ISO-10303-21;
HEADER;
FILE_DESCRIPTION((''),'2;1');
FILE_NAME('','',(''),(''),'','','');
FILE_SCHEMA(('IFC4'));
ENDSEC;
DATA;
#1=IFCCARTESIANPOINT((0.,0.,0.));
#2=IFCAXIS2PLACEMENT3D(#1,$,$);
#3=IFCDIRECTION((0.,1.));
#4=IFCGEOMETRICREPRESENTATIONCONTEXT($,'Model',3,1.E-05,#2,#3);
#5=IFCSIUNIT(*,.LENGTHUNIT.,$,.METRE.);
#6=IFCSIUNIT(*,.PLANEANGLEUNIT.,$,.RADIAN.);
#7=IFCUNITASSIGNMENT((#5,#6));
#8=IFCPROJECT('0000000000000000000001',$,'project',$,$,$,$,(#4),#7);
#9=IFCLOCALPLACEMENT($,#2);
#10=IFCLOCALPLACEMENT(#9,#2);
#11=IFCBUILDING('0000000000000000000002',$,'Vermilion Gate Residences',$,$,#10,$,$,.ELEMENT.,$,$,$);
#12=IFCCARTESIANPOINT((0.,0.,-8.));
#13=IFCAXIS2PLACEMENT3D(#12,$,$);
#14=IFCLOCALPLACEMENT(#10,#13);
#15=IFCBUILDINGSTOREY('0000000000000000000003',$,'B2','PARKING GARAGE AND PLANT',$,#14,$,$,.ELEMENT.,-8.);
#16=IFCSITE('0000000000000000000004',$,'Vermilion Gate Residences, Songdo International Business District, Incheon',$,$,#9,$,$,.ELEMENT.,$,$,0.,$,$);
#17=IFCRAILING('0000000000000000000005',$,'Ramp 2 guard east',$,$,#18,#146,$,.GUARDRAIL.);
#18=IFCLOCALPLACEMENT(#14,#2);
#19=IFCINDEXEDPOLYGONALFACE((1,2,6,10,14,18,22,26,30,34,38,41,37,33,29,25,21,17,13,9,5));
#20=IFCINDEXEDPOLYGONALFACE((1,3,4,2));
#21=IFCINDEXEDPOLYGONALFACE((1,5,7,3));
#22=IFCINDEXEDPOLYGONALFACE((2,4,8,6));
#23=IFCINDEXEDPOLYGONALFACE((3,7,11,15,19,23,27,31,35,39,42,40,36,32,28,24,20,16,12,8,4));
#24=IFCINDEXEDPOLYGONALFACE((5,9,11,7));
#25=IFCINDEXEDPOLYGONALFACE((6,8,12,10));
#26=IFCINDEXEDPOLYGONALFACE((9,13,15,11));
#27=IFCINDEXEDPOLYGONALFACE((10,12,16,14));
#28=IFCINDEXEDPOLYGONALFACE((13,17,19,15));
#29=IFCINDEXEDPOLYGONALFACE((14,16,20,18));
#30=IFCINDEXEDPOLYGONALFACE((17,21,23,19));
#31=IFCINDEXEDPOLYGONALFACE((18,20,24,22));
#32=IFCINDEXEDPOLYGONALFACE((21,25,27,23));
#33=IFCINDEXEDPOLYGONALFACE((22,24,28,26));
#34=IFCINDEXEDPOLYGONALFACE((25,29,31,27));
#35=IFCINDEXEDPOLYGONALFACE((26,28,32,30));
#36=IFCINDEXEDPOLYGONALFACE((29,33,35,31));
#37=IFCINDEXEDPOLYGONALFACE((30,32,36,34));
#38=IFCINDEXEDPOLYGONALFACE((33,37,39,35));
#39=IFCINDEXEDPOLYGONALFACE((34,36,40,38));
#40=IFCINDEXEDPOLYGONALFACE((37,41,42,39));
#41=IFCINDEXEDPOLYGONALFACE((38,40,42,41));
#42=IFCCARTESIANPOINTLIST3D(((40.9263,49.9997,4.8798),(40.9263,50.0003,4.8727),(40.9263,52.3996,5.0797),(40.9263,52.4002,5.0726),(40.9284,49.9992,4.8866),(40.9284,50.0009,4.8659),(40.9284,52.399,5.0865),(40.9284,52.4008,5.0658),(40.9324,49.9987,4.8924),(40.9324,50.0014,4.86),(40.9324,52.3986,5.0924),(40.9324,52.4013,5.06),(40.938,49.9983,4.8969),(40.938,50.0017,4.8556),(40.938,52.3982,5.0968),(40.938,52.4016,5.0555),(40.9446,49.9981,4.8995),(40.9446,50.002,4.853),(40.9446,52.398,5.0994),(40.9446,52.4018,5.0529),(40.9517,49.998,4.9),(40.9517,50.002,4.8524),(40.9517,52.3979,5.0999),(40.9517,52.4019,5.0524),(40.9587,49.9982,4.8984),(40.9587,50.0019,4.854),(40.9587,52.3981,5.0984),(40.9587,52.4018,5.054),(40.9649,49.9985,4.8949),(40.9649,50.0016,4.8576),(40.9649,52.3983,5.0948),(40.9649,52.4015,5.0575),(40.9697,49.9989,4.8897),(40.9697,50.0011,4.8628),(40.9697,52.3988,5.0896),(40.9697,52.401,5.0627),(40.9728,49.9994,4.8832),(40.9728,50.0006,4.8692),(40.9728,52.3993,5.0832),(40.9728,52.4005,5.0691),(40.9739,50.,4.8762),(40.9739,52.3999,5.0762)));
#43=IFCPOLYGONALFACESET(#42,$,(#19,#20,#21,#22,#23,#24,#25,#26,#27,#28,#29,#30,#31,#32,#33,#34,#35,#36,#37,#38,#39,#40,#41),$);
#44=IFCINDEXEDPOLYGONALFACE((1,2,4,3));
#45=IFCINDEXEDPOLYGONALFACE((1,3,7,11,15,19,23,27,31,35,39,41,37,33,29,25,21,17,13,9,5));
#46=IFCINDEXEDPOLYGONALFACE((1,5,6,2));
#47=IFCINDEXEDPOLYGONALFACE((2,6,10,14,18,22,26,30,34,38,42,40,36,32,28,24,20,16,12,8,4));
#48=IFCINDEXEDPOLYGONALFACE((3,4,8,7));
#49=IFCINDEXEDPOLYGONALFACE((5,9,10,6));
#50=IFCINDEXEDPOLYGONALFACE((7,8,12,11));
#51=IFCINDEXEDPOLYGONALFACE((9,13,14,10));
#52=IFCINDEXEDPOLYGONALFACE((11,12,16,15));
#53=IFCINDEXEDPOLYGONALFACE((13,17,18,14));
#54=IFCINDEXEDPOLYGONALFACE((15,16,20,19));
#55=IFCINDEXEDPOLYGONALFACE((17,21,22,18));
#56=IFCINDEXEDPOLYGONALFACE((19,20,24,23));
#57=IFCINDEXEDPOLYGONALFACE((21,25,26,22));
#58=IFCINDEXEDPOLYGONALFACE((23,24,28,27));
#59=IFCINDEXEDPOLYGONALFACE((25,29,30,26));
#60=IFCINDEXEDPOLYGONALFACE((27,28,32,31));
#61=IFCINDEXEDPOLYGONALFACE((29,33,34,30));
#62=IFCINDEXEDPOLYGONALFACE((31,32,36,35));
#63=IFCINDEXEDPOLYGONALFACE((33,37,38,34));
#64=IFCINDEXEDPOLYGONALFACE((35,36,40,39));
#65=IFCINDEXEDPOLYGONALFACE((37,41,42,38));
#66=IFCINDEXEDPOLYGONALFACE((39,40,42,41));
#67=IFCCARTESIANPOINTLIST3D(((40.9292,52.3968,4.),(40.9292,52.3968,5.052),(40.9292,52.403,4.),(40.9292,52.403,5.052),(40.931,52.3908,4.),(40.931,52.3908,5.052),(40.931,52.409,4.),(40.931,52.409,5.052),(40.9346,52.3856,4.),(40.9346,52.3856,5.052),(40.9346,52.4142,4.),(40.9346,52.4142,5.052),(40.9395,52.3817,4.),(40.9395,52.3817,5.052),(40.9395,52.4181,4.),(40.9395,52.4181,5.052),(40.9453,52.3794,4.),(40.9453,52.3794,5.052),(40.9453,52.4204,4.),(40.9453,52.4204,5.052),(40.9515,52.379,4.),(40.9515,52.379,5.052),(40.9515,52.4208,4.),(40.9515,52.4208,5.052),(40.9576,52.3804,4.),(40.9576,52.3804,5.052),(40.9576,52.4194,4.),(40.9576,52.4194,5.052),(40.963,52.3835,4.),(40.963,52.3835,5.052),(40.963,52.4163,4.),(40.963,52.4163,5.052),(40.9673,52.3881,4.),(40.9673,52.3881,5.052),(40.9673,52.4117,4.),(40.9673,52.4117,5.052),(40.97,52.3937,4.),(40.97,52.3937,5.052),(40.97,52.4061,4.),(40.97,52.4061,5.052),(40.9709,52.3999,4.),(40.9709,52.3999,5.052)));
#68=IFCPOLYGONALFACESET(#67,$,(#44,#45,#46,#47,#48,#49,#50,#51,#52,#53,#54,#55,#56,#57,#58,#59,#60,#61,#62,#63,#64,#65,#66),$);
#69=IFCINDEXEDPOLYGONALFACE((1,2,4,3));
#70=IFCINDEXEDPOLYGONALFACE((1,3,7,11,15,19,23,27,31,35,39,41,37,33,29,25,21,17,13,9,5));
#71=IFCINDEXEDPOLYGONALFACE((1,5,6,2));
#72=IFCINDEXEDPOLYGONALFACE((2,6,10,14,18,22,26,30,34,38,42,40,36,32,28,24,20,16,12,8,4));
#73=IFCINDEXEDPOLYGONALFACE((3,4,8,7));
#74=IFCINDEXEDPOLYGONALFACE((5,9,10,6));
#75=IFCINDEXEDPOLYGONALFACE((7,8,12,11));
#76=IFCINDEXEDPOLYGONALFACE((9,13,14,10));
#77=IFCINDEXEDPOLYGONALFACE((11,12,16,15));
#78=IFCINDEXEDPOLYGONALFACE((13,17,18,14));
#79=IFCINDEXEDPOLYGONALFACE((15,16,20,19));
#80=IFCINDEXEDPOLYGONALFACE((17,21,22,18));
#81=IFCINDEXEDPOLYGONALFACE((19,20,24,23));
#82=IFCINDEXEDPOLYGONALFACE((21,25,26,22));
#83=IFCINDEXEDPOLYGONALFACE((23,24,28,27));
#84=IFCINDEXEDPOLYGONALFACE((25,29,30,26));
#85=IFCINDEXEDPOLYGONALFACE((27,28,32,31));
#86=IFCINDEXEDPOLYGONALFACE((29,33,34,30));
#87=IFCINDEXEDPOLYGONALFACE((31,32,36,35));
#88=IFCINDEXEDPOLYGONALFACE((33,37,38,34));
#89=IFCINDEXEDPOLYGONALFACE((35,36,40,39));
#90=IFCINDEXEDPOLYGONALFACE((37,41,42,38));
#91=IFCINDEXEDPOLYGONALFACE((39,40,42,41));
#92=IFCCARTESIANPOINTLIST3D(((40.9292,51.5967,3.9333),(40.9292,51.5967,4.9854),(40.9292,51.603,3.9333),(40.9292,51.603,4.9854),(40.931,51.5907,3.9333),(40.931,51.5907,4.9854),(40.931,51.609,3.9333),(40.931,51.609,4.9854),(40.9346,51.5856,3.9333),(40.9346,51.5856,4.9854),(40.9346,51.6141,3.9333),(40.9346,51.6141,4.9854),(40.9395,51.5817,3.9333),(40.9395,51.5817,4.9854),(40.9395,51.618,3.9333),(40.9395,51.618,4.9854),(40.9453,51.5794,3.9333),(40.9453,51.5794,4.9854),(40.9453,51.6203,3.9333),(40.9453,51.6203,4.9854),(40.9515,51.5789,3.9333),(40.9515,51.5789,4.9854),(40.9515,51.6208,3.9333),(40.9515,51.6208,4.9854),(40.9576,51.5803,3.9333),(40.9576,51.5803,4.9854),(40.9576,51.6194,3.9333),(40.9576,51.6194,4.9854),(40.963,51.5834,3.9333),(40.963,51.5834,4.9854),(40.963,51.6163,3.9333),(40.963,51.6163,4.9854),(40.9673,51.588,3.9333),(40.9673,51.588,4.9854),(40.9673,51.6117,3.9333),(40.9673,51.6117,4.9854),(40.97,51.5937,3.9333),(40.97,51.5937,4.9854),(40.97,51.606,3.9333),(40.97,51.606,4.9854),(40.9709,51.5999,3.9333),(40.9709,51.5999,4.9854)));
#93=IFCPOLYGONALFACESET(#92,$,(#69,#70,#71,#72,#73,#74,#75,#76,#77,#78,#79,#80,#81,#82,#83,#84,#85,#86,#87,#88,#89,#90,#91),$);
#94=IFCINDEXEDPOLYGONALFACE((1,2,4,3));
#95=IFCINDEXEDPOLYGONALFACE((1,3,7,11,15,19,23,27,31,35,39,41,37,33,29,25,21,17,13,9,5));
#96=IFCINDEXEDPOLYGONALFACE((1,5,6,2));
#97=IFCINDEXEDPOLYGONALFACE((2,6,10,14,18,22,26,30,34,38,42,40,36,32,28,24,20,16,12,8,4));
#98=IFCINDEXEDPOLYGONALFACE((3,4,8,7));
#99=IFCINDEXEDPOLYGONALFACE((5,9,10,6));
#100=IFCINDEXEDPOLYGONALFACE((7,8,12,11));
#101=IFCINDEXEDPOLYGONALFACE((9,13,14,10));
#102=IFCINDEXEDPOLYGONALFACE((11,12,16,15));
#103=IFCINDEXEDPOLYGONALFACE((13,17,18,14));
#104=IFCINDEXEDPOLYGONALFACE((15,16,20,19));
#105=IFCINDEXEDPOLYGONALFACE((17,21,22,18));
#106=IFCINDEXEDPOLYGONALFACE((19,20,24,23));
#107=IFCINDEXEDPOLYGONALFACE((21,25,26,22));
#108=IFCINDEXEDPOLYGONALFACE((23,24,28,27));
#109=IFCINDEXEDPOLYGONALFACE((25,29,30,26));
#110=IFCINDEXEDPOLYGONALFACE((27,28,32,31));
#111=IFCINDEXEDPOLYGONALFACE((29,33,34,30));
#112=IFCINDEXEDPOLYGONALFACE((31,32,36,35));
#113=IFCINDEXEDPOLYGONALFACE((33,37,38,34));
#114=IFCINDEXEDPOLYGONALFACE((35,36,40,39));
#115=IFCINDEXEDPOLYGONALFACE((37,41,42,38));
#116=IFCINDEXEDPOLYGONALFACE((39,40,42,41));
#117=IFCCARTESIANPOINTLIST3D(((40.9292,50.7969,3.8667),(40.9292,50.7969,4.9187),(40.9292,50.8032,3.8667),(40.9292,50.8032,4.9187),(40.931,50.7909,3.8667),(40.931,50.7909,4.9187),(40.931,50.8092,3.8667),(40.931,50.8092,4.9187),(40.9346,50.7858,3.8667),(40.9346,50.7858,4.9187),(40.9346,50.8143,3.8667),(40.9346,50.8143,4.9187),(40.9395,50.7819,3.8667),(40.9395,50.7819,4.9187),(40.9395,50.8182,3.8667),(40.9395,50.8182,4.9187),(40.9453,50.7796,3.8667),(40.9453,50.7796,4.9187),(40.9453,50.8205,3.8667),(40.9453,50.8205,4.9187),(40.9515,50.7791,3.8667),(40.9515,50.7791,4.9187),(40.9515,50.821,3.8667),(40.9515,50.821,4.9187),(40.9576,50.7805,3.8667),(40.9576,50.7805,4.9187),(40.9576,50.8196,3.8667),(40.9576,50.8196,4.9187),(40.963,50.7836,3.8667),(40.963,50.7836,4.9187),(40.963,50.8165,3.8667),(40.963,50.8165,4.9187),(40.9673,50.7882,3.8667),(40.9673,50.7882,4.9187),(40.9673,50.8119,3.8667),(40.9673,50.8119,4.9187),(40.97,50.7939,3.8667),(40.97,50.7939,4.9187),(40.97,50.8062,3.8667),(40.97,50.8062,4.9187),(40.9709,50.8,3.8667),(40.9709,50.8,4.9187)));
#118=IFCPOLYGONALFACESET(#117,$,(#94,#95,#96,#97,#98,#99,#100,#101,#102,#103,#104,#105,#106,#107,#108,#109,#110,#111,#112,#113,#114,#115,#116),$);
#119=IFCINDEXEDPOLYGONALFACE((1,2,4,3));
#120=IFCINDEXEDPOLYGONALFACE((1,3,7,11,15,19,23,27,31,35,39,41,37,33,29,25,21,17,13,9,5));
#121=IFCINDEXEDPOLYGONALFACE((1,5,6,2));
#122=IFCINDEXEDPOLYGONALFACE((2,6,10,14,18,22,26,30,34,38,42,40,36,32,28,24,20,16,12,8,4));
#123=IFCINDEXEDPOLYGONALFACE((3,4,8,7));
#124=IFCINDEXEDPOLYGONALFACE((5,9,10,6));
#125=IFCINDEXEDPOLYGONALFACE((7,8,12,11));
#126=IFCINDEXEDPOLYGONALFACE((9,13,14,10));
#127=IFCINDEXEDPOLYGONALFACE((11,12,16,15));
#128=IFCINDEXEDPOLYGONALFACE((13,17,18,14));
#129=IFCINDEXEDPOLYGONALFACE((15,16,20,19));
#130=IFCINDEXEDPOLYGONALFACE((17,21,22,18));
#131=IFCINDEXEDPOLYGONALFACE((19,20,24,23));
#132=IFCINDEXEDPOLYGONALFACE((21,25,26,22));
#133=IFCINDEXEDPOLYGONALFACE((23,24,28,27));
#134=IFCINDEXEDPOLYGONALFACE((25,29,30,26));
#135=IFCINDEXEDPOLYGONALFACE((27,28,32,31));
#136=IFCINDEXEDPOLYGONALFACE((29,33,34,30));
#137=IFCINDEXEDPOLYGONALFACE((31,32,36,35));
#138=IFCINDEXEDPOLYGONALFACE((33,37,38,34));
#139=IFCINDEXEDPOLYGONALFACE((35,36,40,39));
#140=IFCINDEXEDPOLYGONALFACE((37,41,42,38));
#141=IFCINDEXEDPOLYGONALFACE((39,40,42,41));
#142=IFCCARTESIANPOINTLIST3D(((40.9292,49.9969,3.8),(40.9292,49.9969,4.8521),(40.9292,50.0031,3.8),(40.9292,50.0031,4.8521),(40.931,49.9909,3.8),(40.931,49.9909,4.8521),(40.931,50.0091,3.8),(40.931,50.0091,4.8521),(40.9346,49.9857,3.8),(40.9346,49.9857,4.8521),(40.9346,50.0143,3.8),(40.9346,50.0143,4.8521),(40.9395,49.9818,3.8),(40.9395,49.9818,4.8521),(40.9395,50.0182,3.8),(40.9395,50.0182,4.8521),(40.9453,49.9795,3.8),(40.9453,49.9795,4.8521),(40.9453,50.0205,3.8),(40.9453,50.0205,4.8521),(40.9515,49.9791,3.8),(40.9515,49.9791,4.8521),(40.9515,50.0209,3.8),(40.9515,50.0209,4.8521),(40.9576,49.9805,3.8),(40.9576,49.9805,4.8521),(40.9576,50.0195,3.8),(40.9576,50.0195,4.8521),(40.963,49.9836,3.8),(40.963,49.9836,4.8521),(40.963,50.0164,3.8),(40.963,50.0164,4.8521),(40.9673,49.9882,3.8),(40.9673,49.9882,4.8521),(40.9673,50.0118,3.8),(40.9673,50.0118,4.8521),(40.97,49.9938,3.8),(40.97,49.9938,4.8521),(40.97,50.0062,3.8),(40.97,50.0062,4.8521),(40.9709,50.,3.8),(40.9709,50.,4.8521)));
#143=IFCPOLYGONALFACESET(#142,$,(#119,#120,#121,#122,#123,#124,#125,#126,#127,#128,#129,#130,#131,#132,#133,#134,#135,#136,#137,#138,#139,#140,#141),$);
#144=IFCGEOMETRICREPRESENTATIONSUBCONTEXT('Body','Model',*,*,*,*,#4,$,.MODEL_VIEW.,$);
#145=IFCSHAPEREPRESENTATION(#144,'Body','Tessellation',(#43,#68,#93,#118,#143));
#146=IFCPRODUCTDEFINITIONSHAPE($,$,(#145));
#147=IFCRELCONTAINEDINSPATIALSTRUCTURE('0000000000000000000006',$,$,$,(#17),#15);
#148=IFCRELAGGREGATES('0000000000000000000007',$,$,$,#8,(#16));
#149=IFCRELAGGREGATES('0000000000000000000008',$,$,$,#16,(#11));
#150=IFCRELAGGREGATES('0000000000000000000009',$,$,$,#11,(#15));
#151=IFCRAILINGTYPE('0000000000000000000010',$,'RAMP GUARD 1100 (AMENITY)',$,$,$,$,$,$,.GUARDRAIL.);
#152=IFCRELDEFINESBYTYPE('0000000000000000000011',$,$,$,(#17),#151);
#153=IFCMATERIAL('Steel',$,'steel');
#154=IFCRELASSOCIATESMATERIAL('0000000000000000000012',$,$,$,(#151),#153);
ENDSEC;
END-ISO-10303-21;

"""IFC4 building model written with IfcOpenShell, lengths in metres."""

from ifc_helpers import new_model, si_unit, direction, frame, origin, origin_2d, place, context, subcontext, project, spatial, circle, extrude, material, type_object, element, save


model = new_model("IFC4")

# Units and contexts
model_context = context("Model", 3, precision=1e-05, world=origin(), true_north=direction((0.0, 1.0)))
body_context = subcontext(model_context, "Body", "Model", "MODEL_VIEW")
ifc_project = project(units=[si_unit("LENGTHUNIT", "METRE"), si_unit("PLANEANGLEUNIT", "RADIAN")], contexts=[model_context])

# Site, building, storey
site_placement = place(None, origin())
site = spatial("IfcSite", under=ifc_project, at=site_placement, Name="Vermilion Gate Residences, Songdo International Business District, Incheon", CompositionType="ELEMENT", RefElevation=0.0)
building_placement = place(site_placement, origin())
building = spatial("IfcBuilding", under=site, at=building_placement, Name="Vermilion Gate Residences", CompositionType="ELEMENT")
storey_placement = place(building_placement, frame((0.0, 0.0, -8.0)))
storey = spatial("IfcBuildingStorey", under=building, at=storey_placement, Name="B2", Description="PARKING GARAGE AND PLANT", CompositionType="ELEMENT", Elevation=-8.0)

# Railing
ifc_material_1 = material(Name="Steel", Category="steel")
railing_type = type_object("IfcRailingType", Name="RAMP GUARD 1100 (AMENITY)", PredefinedType="GUARDRAIL", material=ifc_material_1)
railing_1_placement = place(storey_placement, frame((40.95, 52.3999, 4.0)))
element("IfcRailing", 1, at=railing_1_placement, inside=storey, type_object=railing_type, Name="Ramp 2 guard east", PredefinedType="GUARDRAIL", context=body_context, shape_type="SweptSolid", body=[
    extrude(circle(Radius=0.0239, at=origin_2d()), frame((0.0, 0.0, 1.0762), z_axis=(0.0, -0.996547, -0.083029), x_axis=(1.0, 0.0, 0.0)), (0.0, 0.0, 1.0), 2.4082),
    extrude(circle(Radius=0.021, at=origin_2d()), origin(), (0.0, 0.0, 1.0), 1.052),
    extrude(circle(Radius=0.021, at=origin_2d()), frame((0.0, -0.8, -0.0667)), (0.0, 0.0, 1.0), 1.052),
    extrude(circle(Radius=0.021, at=origin_2d()), frame((0.0, -1.5999, -0.1333)), (0.0, 0.0, 1.0), 1.052),
    extrude(circle(Radius=0.021, at=origin_2d()), frame((0.0, -2.3999, -0.2)), (0.0, 0.0, 1.0), 1.052),
])

save(model, "model.ifc")
